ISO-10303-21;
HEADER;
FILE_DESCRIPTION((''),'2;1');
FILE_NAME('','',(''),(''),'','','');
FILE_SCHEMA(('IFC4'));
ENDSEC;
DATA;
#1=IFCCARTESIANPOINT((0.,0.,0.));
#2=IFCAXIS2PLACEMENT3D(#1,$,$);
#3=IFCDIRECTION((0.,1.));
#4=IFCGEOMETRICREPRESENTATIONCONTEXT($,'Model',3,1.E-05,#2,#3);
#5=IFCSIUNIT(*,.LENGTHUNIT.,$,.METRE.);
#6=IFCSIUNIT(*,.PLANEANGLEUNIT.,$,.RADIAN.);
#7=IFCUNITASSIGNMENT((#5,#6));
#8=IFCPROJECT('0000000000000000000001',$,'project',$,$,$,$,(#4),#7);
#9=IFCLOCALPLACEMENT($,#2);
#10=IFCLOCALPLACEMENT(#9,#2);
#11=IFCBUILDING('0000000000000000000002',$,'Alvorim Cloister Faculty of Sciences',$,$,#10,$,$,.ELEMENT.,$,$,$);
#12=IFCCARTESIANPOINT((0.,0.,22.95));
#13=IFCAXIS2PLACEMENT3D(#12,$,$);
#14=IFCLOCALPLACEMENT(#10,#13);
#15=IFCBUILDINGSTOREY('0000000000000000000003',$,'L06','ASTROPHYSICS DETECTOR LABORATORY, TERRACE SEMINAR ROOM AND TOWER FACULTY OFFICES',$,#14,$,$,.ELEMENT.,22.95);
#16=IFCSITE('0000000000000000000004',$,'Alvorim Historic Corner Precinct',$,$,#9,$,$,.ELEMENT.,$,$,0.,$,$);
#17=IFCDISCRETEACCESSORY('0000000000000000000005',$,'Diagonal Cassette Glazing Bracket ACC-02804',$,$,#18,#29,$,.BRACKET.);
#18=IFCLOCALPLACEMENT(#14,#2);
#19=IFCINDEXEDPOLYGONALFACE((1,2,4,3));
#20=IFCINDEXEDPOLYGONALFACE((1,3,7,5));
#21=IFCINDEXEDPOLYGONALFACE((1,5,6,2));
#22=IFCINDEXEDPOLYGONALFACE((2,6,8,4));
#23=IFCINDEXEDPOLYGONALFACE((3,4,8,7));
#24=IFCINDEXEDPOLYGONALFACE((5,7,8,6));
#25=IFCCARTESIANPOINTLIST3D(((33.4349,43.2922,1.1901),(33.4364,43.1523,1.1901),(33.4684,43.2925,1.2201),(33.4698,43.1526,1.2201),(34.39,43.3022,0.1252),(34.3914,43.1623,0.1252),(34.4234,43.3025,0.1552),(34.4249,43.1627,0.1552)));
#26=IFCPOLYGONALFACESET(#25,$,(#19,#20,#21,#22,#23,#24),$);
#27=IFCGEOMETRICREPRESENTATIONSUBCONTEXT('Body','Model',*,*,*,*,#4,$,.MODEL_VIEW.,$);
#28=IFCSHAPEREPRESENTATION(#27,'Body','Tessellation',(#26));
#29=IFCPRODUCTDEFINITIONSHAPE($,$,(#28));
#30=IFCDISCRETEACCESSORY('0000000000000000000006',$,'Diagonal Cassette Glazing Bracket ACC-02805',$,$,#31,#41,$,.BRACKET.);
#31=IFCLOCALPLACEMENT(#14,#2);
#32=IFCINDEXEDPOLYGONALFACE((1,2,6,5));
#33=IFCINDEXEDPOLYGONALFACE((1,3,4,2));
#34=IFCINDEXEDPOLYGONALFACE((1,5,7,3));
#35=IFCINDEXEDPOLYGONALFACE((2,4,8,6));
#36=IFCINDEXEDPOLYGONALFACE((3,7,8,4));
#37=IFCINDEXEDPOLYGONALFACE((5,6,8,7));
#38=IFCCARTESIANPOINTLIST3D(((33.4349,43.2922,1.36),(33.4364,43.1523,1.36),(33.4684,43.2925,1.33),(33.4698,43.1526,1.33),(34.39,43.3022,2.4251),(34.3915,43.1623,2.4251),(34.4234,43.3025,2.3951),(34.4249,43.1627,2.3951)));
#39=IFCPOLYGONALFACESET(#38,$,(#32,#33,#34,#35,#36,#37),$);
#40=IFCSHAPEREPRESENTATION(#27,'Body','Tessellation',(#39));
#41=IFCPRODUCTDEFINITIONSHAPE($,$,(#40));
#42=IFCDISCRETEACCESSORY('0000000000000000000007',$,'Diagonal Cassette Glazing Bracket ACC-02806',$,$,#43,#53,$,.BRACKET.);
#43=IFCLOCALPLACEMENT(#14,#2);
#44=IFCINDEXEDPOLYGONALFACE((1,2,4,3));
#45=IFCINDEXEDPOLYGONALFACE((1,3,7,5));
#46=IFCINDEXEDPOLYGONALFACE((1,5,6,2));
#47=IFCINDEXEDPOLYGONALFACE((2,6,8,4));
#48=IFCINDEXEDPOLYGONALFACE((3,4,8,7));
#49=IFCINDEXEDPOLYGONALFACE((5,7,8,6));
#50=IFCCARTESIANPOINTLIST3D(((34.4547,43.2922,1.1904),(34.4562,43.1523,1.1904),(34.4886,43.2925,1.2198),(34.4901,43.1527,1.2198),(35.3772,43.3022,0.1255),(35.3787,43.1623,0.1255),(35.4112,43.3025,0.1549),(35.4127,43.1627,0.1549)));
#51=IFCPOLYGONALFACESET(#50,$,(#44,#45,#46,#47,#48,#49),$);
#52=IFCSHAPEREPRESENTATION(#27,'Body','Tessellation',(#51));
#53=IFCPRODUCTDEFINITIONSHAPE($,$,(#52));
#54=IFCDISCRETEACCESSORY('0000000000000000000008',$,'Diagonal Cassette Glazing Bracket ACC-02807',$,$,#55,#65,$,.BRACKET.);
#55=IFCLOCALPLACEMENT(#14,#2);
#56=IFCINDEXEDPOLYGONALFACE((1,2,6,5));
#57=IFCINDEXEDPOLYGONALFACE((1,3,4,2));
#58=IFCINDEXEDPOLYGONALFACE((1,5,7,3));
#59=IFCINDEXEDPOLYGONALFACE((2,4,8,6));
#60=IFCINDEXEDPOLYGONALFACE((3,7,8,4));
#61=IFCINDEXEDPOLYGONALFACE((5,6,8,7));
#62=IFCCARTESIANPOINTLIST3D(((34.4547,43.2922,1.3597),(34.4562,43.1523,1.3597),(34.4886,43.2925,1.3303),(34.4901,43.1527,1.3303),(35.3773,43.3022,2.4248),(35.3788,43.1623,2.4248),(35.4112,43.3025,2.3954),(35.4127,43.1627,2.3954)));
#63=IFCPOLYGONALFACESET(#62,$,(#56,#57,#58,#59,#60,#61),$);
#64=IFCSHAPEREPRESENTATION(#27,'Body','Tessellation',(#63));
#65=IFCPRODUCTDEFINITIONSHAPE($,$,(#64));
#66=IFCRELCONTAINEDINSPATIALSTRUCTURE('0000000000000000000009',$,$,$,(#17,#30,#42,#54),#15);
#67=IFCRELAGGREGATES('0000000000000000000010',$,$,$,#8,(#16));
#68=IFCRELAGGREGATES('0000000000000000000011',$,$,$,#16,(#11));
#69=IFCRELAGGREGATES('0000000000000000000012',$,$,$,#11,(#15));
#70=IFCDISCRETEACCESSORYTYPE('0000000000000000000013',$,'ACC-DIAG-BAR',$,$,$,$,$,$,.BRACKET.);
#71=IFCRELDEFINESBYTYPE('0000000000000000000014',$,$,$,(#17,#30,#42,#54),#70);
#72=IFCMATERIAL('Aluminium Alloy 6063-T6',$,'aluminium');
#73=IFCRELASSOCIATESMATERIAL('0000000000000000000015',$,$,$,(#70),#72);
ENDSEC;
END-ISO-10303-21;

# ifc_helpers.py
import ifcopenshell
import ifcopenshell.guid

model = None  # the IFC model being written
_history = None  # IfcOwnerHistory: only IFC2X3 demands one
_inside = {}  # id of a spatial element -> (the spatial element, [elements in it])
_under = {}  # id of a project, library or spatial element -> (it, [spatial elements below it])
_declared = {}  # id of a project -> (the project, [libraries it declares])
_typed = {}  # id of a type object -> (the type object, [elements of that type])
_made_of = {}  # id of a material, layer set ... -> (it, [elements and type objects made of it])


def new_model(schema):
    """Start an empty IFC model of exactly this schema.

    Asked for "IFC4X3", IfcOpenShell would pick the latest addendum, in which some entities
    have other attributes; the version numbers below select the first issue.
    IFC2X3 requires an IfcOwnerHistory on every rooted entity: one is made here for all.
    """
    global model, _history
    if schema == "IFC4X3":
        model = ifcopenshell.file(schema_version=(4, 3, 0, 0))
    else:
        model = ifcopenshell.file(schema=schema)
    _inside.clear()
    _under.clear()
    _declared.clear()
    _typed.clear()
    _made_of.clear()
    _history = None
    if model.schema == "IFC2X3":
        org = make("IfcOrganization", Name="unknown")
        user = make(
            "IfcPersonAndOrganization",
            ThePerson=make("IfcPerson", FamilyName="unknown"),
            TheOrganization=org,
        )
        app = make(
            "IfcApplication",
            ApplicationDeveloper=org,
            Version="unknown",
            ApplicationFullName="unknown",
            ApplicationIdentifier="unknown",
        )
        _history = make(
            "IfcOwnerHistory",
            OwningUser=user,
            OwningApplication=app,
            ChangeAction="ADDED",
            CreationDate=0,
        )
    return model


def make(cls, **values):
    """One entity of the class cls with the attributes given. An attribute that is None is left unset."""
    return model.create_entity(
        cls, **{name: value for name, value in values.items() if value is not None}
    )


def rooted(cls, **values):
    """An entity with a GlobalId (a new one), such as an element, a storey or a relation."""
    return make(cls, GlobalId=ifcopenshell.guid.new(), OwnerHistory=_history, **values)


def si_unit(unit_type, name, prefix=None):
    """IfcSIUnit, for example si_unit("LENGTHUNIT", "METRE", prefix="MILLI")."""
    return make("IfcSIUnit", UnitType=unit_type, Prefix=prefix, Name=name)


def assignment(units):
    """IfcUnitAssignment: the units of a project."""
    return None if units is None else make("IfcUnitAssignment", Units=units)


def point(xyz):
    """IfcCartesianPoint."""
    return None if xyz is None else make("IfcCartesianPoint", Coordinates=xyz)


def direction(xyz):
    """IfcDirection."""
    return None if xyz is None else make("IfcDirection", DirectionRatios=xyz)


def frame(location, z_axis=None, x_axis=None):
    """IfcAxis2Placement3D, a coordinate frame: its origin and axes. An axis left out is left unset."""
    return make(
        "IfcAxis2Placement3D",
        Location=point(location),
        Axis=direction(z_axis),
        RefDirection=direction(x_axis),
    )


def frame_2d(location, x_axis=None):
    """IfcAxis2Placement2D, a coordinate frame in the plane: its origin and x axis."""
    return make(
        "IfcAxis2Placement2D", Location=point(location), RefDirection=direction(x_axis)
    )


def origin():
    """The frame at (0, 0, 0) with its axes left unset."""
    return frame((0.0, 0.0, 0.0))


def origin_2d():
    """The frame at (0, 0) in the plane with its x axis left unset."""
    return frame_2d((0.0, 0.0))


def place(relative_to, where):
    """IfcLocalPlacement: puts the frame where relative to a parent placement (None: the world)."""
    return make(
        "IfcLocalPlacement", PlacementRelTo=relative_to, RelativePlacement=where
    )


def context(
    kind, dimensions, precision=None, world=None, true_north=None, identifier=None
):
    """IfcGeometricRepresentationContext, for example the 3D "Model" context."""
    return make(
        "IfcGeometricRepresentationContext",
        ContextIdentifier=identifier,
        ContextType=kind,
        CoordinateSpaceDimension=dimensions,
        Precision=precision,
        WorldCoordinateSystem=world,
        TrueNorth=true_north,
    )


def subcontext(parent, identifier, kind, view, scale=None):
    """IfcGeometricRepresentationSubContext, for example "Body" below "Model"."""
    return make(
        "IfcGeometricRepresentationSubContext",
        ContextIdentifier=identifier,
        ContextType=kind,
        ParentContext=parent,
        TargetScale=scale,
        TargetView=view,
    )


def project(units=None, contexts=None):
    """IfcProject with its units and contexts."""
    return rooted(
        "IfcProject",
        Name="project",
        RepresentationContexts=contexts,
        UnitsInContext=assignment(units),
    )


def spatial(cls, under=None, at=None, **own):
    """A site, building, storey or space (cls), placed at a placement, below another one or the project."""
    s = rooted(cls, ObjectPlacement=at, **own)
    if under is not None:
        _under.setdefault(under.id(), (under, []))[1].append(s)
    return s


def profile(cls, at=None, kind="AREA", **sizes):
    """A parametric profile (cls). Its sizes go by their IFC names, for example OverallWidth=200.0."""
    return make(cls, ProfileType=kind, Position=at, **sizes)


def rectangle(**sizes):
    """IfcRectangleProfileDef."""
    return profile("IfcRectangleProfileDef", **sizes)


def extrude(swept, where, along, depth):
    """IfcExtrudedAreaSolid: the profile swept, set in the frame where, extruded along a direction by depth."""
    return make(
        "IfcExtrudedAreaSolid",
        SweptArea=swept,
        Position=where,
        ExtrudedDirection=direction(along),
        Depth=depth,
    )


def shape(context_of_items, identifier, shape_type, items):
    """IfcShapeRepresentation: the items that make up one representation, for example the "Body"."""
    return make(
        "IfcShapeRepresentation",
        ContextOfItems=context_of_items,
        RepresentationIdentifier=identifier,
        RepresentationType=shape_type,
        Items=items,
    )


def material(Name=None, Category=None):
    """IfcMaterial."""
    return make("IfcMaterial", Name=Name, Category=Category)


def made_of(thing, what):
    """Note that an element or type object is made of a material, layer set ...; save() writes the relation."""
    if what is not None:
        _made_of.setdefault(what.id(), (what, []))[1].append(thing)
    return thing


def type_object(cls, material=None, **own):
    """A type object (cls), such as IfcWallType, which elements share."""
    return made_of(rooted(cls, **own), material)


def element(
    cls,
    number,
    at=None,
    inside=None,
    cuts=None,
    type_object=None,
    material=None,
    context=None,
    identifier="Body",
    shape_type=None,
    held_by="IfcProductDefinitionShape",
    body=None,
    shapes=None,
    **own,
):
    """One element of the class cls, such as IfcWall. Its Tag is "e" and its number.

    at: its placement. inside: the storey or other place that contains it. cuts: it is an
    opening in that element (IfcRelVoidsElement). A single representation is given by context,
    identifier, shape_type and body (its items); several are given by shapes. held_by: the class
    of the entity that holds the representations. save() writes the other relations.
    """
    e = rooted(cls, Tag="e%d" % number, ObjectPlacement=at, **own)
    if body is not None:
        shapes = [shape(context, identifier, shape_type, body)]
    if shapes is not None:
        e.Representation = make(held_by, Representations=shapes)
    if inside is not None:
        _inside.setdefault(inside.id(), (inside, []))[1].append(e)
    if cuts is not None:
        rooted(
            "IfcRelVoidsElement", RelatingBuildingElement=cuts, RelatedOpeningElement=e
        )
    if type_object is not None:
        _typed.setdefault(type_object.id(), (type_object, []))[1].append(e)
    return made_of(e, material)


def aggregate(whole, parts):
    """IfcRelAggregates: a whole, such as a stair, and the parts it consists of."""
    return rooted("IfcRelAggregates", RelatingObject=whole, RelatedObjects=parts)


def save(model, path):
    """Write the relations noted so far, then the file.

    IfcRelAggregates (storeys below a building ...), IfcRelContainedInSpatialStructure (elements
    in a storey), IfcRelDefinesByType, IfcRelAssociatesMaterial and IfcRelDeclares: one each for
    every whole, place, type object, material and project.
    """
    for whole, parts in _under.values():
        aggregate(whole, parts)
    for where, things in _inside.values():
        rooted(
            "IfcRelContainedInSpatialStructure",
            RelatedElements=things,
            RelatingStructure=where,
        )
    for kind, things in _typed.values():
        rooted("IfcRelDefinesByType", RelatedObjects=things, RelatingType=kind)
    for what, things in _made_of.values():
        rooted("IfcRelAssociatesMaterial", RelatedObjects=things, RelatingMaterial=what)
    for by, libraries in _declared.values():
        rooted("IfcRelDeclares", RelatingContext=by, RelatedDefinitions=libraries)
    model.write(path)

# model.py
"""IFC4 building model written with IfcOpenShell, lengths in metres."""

from ifc_helpers import new_model, si_unit, direction, frame, origin, origin_2d, place, context, subcontext, project, spatial, rectangle, extrude, material, type_object, element, save


model = new_model("IFC4")

# Units and contexts
model_context = context("Model", 3, precision=1e-05, world=origin(), true_north=direction((0.0, 1.0)))
body_context = subcontext(model_context, "Body", "Model", "MODEL_VIEW")
ifc_project = project(units=[si_unit("LENGTHUNIT", "METRE"), si_unit("PLANEANGLEUNIT", "RADIAN")], contexts=[model_context])

# Site, building, storey
site_placement = place(None, origin())
site = spatial("IfcSite", under=ifc_project, at=site_placement, Name="Alvorim Historic Corner Precinct", CompositionType="ELEMENT", RefElevation=0.0)
building_placement = place(site_placement, origin())
building = spatial("IfcBuilding", under=site, at=building_placement, Name="Alvorim Cloister Faculty of Sciences", CompositionType="ELEMENT")
storey_placement = place(building_placement, frame((0.0, 0.0, 22.95)))
storey = spatial("IfcBuildingStorey", under=building, at=storey_placement, Name="L06", Description="ASTROPHYSICS DETECTOR LABORATORY, TERRACE SEMINAR ROOM AND TOWER FACULTY OFFICES", CompositionType="ELEMENT", Elevation=22.95)

# Shared definitions
ifc_material_1 = material(Name="Aluminium Alloy 6063-T6", Category="aluminium")

# Discrete accessories
discrete_accessory_type = type_object("IfcDiscreteAccessoryType", Name="ACC-DIAG-BAR", PredefinedType="BRACKET", material=ifc_material_1)
discrete_accessory_1_placement = place(storey_placement, frame((33.4524, 43.2224, 1.2051), z_axis=(0.667646, 0.006997, -0.744446), x_axis=(-0.01048, 0.999945, 0.0)))
element("IfcDiscreteAccessory", 1, at=discrete_accessory_1_placement, inside=storey, type_object=discrete_accessory_type, Name="Diagonal Cassette Glazing Bracket ACC-02804", PredefinedType="BRACKET", context=body_context, shape_type="SweptSolid", body=[
    extrude(rectangle(XDim=0.1399, YDim=0.0449, at=origin_2d()), origin(), (0.0, 0.0, 1.0), 1.4304),
])
discrete_accessory_2_placement = place(storey_placement, frame((33.4524, 43.2224, 1.345), z_axis=(0.667561, 0.006996, 0.744522), x_axis=(-0.01048, 0.999945, 0.0)))
element("IfcDiscreteAccessory", 2, at=discrete_accessory_2_placement, inside=storey, type_object=discrete_accessory_type, Name="Diagonal Cassette Glazing Bracket ACC-02805", PredefinedType="BRACKET", context=body_context, shape_type="SweptSolid", body=[
    extrude(rectangle(XDim=0.1399, YDim=0.0449, at=origin_2d()), origin(), (0.0, 0.0, 1.0), 1.4307),
])
discrete_accessory_3_placement = place(storey_placement, frame((34.4724, 43.2224, 1.2051), z_axis=(0.654775, 0.007104, -0.75579), x_axis=(-0.010849, 0.999941, 0.0)))
element("IfcDiscreteAccessory", 3, at=discrete_accessory_3_placement, inside=storey, type_object=discrete_accessory_type, Name="Diagonal Cassette Glazing Bracket ACC-02806", PredefinedType="BRACKET", context=body_context, shape_type="SweptSolid", body=[
    extrude(rectangle(XDim=0.1399, YDim=0.0449, at=origin_2d()), origin(), (0.0, 0.0, 1.0), 1.4089),
])
discrete_accessory_4_placement = place(storey_placement, frame((34.4724, 43.2224, 1.345), z_axis=(0.65469, 0.007103, 0.755864), x_axis=(-0.010849, 0.999941, 0.0)))
element("IfcDiscreteAccessory", 4, at=discrete_accessory_4_placement, inside=storey, type_object=discrete_accessory_type, Name="Diagonal Cassette Glazing Bracket ACC-02807", PredefinedType="BRACKET", context=body_context, shape_type="SweptSolid", body=[
    extrude(rectangle(XDim=0.1399, YDim=0.0449, at=origin_2d()), origin(), (0.0, 0.0, 1.0), 1.4092),
])

save(model, "model.ifc")
